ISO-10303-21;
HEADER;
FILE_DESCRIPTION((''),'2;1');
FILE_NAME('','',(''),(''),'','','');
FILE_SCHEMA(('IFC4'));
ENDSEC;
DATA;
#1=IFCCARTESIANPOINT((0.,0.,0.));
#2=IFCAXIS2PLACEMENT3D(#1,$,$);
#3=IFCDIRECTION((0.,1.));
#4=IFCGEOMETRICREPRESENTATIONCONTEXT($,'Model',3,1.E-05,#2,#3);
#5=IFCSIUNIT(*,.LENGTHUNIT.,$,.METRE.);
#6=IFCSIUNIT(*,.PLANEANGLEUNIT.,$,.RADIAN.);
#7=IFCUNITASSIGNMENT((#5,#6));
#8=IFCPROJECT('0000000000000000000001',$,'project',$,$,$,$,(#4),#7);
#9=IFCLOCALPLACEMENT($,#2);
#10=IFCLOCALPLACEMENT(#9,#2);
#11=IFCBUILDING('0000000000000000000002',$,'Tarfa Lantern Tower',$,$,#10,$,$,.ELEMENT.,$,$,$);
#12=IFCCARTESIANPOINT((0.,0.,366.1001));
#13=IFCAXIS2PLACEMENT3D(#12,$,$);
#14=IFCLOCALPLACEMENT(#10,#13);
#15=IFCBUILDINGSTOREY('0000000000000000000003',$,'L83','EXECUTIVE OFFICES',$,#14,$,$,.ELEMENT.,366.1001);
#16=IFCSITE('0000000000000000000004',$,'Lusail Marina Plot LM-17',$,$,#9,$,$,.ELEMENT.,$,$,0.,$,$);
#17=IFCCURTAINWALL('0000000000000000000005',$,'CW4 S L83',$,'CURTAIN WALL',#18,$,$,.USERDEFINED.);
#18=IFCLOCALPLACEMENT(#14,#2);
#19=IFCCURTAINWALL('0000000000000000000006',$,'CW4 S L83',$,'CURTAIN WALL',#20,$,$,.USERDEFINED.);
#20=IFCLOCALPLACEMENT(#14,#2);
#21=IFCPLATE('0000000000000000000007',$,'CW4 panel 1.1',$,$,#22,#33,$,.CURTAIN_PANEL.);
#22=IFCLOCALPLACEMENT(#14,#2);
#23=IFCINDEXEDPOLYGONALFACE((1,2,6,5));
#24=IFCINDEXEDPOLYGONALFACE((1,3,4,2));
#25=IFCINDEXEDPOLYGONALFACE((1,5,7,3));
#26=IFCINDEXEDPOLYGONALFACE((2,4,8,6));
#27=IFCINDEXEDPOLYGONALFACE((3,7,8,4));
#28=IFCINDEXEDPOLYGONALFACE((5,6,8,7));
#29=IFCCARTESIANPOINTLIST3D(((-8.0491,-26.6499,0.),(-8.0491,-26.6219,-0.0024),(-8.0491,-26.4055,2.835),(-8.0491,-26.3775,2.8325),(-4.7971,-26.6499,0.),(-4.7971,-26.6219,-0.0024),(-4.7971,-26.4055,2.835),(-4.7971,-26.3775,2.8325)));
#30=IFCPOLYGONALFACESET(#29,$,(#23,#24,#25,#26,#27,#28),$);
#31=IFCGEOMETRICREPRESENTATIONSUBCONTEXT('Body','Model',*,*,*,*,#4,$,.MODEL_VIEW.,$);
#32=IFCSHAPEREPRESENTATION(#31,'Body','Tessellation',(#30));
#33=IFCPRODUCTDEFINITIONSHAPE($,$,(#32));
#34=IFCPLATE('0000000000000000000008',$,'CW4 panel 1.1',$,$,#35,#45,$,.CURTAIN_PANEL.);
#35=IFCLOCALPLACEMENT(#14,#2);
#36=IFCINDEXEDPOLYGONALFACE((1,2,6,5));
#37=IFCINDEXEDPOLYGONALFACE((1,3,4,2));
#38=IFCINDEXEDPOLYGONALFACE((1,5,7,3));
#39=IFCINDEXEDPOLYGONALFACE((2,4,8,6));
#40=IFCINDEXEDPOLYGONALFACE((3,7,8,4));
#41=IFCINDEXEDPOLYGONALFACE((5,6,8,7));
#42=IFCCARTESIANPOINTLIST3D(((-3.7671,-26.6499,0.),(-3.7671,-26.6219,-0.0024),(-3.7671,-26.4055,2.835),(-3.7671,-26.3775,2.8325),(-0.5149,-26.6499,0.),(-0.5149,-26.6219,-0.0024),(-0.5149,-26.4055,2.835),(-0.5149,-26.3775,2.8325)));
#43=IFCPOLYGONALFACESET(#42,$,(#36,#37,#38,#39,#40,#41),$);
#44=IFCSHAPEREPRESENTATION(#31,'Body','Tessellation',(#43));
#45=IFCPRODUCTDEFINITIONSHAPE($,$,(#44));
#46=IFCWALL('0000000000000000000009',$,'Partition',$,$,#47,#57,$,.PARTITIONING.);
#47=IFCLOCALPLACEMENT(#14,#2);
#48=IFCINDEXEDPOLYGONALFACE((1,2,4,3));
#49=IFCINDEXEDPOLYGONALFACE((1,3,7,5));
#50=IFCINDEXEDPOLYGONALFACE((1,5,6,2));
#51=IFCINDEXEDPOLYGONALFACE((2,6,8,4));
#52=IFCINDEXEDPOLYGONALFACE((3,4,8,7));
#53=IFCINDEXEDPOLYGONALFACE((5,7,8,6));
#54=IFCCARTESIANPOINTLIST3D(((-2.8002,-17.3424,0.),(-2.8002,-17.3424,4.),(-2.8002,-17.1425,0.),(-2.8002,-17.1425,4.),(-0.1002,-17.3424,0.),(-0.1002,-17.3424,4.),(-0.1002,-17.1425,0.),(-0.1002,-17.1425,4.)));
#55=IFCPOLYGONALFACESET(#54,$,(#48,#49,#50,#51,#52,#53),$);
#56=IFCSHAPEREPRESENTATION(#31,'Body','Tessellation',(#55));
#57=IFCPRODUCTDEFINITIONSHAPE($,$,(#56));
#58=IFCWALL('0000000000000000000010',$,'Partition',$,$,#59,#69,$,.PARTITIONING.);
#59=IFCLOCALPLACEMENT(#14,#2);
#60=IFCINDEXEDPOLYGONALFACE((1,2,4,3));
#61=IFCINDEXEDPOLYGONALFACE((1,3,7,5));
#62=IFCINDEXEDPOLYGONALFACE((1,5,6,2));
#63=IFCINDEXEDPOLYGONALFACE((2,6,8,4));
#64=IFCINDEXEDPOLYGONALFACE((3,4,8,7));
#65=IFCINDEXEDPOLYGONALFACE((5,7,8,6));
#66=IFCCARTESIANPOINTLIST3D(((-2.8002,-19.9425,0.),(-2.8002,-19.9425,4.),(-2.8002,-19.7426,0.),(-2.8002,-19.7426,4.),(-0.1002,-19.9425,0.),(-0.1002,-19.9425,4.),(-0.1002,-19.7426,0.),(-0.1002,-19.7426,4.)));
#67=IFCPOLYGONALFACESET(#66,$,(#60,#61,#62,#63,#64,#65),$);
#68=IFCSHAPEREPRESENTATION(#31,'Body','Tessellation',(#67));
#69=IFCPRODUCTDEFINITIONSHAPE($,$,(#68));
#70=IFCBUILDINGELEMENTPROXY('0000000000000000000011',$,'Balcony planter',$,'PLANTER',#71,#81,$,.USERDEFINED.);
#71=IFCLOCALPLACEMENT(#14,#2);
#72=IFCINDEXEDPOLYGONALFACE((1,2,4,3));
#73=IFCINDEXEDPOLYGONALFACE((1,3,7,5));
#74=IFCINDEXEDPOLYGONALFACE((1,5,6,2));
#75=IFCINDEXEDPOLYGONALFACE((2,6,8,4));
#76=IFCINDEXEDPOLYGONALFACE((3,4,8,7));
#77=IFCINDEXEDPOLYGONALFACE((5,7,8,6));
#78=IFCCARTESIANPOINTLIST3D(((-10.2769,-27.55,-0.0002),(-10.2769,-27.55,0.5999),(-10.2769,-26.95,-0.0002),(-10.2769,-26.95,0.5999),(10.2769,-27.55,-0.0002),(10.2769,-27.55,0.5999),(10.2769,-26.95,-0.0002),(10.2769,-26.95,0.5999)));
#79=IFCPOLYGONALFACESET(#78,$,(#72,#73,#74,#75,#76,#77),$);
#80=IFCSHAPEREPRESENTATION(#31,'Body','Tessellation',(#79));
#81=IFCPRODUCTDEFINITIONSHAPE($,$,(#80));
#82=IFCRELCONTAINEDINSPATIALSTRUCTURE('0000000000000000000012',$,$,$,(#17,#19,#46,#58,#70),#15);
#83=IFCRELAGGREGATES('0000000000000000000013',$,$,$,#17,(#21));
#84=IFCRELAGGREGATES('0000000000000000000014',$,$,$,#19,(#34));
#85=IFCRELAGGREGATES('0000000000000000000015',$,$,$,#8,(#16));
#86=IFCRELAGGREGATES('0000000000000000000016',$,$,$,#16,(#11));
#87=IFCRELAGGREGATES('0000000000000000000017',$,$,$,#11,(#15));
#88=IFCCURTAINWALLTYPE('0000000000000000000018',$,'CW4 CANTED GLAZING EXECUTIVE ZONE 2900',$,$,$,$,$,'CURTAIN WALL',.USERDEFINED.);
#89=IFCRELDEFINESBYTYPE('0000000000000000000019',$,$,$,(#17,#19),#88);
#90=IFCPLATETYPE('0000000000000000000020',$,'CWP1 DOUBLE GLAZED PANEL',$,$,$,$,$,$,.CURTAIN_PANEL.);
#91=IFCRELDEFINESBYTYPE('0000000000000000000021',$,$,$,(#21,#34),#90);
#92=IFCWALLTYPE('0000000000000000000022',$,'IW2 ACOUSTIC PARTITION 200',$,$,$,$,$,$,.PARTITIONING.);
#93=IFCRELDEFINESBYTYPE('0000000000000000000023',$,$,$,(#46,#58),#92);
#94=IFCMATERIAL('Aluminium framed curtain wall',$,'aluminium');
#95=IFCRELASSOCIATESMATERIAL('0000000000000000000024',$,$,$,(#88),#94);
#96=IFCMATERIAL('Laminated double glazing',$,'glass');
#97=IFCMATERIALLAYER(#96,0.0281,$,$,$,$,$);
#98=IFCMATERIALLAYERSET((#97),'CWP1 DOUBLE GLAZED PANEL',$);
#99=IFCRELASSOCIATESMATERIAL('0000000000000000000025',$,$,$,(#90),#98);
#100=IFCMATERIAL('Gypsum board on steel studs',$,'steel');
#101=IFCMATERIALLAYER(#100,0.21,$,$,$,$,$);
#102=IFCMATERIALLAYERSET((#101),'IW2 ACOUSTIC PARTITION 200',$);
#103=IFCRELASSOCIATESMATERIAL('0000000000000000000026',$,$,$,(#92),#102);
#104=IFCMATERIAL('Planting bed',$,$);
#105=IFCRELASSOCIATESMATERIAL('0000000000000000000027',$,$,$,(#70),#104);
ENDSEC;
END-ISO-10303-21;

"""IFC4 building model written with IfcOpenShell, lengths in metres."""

from ifc_helpers import new_model, si_unit, direction, frame, frame_2d, origin, origin_2d, place, context, subcontext, project, spatial, polyline, rectangle, outline, extrude, material, layer, layer_set, type_object, element, aggregate, save


model = new_model("IFC4")

# Units and contexts
model_context = context("Model", 3, precision=1e-05, world=origin(), true_north=direction((0.0, 1.0)))
body_context = subcontext(model_context, "Body", "Model", "MODEL_VIEW")
ifc_project = project(units=[si_unit("LENGTHUNIT", "METRE"), si_unit("PLANEANGLEUNIT", "RADIAN")], contexts=[model_context])

# Site, building, storey
site_placement = place(None, origin())
site = spatial("IfcSite", under=ifc_project, at=site_placement, Name="Lusail Marina Plot LM-17", CompositionType="ELEMENT", RefElevation=0.0)
building_placement = place(site_placement, origin())
building = spatial("IfcBuilding", under=site, at=building_placement, Name="Tarfa Lantern Tower", CompositionType="ELEMENT")
storey_placement = place(building_placement, frame((0.0, 0.0, 366.1001)))
storey = spatial("IfcBuildingStorey", under=building, at=storey_placement, Name="L83", Description="EXECUTIVE OFFICES", CompositionType="ELEMENT", Elevation=366.1001)

# Curtain walls
ifc_material_1 = material(Name="Aluminium framed curtain wall", Category="aluminium")
curtain_wall_type = type_object("IfcCurtainWallType", Name="CW4 CANTED GLAZING EXECUTIVE ZONE 2900", ElementType="CURTAIN WALL", PredefinedType="USERDEFINED", material=ifc_material_1)
curtain_wall_1_placement = place(storey_placement, origin())
curtain_wall_1 = element("IfcCurtainWall", 1, at=curtain_wall_1_placement, inside=storey, type_object=curtain_wall_type, Name="CW4 S L83", ObjectType="CURTAIN WALL", PredefinedType="USERDEFINED")
curtain_wall_2_placement = place(storey_placement, origin())
curtain_wall_2 = element("IfcCurtainWall", 2, at=curtain_wall_2_placement, inside=storey, type_object=curtain_wall_type, Name="CW4 S L83", ObjectType="CURTAIN WALL", PredefinedType="USERDEFINED")

# Plates
ifc_material_2 = material(Name="Laminated double glazing", Category="glass")
ifc_layer_1 = layer(ifc_material_2, 0.0281)
ifc_layer_set_1 = layer_set([ifc_layer_1], Name="CWP1 DOUBLE GLAZED PANEL")
plate_type = type_object("IfcPlateType", Name="CWP1 DOUBLE GLAZED PANEL", PredefinedType="CURTAIN_PANEL", material=ifc_layer_set_1)
plate_1_placement = place(storey_placement, frame((-8.0491, -26.6499, 0.0), z_axis=(0.0, -0.996305, 0.085885), x_axis=(1.0, 0.0, 0.0)))
plate_1 = element("IfcPlate", 3, at=plate_1_placement, type_object=plate_type, Name="CW4 panel 1.1", PredefinedType="CURTAIN_PANEL", context=body_context, shape_type="SweptSolid", body=[
    extrude(outline(polyline([(0.0, 0.0), (3.252, 0.0), (3.252, 2.8455), (0.0, 2.8455), (0.0, 0.0)])), origin(), (0.0, 0.0, -1.0), 0.0281),
])
aggregate(curtain_wall_1, [plate_1])
plate_2_placement = place(storey_placement, frame((-3.7671, -26.6499, 0.0), z_axis=(0.0, -0.996305, 0.085885), x_axis=(1.0, 0.0, 0.0)))
plate_2 = element("IfcPlate", 4, at=plate_2_placement, type_object=plate_type, Name="CW4 panel 1.1", PredefinedType="CURTAIN_PANEL", context=body_context, shape_type="SweptSolid", body=[
    extrude(outline(polyline([(0.0, 0.0), (3.2522, 0.0), (3.2522, 2.8455), (0.0, 2.8455), (0.0, 0.0)])), origin(), (0.0, 0.0, -1.0), 0.0281),
])
aggregate(curtain_wall_2, [plate_2])

# Walls
ifc_material_3 = material(Name="Gypsum board on steel studs", Category="steel")
ifc_layer_2 = layer(ifc_material_3, 0.21)
ifc_layer_set_2 = layer_set([ifc_layer_2], Name="IW2 ACOUSTIC PARTITION 200")
wall_type = type_object("IfcWallType", Name="IW2 ACOUSTIC PARTITION 200", PredefinedType="PARTITIONING", material=ifc_layer_set_2)
for number, where, z_axis, x_axis, name in (
    (5, (-0.1001, -17.2424, 0.0), (0.0, 0.0, 1.0), (-1.0, 0.0, 0.0), "Partition"),
    (6, (-0.1001, -19.8425, 0.0), (0.0, 0.0, 1.0), (-1.0, 0.0, 0.0), "Partition"),
):
    element("IfcWall", number, at=place(storey_placement, frame(where, z_axis=z_axis, x_axis=x_axis)), inside=storey, type_object=wall_type, Name=name, PredefinedType="PARTITIONING", context=body_context, shape_type="SweptSolid", body=[
        extrude(rectangle(XDim=2.7, YDim=0.2, at=frame_2d((1.3501, 0.0))), origin(), (0.0, 0.0, 1.0), 4.0),
    ])

# Building element proxy
ifc_material_4 = material(Name="Planting bed")
proxy_placement = place(storey_placement, frame((0.0, -27.25, -0.0002), z_axis=(0.0, 0.0, 1.0), x_axis=(1.0, 0.0, 0.0)))
element("IfcBuildingElementProxy", 7, at=proxy_placement, inside=storey, material=ifc_material_4, Name="Balcony planter", ObjectType="PLANTER", PredefinedType="USERDEFINED", context=body_context, shape_type="SweptSolid", body=[
    extrude(rectangle(XDim=20.5537, YDim=0.6001, at=origin_2d()), origin(), (0.0, 0.0, 1.0), 0.6001),
])

save(model, "model.ifc")
